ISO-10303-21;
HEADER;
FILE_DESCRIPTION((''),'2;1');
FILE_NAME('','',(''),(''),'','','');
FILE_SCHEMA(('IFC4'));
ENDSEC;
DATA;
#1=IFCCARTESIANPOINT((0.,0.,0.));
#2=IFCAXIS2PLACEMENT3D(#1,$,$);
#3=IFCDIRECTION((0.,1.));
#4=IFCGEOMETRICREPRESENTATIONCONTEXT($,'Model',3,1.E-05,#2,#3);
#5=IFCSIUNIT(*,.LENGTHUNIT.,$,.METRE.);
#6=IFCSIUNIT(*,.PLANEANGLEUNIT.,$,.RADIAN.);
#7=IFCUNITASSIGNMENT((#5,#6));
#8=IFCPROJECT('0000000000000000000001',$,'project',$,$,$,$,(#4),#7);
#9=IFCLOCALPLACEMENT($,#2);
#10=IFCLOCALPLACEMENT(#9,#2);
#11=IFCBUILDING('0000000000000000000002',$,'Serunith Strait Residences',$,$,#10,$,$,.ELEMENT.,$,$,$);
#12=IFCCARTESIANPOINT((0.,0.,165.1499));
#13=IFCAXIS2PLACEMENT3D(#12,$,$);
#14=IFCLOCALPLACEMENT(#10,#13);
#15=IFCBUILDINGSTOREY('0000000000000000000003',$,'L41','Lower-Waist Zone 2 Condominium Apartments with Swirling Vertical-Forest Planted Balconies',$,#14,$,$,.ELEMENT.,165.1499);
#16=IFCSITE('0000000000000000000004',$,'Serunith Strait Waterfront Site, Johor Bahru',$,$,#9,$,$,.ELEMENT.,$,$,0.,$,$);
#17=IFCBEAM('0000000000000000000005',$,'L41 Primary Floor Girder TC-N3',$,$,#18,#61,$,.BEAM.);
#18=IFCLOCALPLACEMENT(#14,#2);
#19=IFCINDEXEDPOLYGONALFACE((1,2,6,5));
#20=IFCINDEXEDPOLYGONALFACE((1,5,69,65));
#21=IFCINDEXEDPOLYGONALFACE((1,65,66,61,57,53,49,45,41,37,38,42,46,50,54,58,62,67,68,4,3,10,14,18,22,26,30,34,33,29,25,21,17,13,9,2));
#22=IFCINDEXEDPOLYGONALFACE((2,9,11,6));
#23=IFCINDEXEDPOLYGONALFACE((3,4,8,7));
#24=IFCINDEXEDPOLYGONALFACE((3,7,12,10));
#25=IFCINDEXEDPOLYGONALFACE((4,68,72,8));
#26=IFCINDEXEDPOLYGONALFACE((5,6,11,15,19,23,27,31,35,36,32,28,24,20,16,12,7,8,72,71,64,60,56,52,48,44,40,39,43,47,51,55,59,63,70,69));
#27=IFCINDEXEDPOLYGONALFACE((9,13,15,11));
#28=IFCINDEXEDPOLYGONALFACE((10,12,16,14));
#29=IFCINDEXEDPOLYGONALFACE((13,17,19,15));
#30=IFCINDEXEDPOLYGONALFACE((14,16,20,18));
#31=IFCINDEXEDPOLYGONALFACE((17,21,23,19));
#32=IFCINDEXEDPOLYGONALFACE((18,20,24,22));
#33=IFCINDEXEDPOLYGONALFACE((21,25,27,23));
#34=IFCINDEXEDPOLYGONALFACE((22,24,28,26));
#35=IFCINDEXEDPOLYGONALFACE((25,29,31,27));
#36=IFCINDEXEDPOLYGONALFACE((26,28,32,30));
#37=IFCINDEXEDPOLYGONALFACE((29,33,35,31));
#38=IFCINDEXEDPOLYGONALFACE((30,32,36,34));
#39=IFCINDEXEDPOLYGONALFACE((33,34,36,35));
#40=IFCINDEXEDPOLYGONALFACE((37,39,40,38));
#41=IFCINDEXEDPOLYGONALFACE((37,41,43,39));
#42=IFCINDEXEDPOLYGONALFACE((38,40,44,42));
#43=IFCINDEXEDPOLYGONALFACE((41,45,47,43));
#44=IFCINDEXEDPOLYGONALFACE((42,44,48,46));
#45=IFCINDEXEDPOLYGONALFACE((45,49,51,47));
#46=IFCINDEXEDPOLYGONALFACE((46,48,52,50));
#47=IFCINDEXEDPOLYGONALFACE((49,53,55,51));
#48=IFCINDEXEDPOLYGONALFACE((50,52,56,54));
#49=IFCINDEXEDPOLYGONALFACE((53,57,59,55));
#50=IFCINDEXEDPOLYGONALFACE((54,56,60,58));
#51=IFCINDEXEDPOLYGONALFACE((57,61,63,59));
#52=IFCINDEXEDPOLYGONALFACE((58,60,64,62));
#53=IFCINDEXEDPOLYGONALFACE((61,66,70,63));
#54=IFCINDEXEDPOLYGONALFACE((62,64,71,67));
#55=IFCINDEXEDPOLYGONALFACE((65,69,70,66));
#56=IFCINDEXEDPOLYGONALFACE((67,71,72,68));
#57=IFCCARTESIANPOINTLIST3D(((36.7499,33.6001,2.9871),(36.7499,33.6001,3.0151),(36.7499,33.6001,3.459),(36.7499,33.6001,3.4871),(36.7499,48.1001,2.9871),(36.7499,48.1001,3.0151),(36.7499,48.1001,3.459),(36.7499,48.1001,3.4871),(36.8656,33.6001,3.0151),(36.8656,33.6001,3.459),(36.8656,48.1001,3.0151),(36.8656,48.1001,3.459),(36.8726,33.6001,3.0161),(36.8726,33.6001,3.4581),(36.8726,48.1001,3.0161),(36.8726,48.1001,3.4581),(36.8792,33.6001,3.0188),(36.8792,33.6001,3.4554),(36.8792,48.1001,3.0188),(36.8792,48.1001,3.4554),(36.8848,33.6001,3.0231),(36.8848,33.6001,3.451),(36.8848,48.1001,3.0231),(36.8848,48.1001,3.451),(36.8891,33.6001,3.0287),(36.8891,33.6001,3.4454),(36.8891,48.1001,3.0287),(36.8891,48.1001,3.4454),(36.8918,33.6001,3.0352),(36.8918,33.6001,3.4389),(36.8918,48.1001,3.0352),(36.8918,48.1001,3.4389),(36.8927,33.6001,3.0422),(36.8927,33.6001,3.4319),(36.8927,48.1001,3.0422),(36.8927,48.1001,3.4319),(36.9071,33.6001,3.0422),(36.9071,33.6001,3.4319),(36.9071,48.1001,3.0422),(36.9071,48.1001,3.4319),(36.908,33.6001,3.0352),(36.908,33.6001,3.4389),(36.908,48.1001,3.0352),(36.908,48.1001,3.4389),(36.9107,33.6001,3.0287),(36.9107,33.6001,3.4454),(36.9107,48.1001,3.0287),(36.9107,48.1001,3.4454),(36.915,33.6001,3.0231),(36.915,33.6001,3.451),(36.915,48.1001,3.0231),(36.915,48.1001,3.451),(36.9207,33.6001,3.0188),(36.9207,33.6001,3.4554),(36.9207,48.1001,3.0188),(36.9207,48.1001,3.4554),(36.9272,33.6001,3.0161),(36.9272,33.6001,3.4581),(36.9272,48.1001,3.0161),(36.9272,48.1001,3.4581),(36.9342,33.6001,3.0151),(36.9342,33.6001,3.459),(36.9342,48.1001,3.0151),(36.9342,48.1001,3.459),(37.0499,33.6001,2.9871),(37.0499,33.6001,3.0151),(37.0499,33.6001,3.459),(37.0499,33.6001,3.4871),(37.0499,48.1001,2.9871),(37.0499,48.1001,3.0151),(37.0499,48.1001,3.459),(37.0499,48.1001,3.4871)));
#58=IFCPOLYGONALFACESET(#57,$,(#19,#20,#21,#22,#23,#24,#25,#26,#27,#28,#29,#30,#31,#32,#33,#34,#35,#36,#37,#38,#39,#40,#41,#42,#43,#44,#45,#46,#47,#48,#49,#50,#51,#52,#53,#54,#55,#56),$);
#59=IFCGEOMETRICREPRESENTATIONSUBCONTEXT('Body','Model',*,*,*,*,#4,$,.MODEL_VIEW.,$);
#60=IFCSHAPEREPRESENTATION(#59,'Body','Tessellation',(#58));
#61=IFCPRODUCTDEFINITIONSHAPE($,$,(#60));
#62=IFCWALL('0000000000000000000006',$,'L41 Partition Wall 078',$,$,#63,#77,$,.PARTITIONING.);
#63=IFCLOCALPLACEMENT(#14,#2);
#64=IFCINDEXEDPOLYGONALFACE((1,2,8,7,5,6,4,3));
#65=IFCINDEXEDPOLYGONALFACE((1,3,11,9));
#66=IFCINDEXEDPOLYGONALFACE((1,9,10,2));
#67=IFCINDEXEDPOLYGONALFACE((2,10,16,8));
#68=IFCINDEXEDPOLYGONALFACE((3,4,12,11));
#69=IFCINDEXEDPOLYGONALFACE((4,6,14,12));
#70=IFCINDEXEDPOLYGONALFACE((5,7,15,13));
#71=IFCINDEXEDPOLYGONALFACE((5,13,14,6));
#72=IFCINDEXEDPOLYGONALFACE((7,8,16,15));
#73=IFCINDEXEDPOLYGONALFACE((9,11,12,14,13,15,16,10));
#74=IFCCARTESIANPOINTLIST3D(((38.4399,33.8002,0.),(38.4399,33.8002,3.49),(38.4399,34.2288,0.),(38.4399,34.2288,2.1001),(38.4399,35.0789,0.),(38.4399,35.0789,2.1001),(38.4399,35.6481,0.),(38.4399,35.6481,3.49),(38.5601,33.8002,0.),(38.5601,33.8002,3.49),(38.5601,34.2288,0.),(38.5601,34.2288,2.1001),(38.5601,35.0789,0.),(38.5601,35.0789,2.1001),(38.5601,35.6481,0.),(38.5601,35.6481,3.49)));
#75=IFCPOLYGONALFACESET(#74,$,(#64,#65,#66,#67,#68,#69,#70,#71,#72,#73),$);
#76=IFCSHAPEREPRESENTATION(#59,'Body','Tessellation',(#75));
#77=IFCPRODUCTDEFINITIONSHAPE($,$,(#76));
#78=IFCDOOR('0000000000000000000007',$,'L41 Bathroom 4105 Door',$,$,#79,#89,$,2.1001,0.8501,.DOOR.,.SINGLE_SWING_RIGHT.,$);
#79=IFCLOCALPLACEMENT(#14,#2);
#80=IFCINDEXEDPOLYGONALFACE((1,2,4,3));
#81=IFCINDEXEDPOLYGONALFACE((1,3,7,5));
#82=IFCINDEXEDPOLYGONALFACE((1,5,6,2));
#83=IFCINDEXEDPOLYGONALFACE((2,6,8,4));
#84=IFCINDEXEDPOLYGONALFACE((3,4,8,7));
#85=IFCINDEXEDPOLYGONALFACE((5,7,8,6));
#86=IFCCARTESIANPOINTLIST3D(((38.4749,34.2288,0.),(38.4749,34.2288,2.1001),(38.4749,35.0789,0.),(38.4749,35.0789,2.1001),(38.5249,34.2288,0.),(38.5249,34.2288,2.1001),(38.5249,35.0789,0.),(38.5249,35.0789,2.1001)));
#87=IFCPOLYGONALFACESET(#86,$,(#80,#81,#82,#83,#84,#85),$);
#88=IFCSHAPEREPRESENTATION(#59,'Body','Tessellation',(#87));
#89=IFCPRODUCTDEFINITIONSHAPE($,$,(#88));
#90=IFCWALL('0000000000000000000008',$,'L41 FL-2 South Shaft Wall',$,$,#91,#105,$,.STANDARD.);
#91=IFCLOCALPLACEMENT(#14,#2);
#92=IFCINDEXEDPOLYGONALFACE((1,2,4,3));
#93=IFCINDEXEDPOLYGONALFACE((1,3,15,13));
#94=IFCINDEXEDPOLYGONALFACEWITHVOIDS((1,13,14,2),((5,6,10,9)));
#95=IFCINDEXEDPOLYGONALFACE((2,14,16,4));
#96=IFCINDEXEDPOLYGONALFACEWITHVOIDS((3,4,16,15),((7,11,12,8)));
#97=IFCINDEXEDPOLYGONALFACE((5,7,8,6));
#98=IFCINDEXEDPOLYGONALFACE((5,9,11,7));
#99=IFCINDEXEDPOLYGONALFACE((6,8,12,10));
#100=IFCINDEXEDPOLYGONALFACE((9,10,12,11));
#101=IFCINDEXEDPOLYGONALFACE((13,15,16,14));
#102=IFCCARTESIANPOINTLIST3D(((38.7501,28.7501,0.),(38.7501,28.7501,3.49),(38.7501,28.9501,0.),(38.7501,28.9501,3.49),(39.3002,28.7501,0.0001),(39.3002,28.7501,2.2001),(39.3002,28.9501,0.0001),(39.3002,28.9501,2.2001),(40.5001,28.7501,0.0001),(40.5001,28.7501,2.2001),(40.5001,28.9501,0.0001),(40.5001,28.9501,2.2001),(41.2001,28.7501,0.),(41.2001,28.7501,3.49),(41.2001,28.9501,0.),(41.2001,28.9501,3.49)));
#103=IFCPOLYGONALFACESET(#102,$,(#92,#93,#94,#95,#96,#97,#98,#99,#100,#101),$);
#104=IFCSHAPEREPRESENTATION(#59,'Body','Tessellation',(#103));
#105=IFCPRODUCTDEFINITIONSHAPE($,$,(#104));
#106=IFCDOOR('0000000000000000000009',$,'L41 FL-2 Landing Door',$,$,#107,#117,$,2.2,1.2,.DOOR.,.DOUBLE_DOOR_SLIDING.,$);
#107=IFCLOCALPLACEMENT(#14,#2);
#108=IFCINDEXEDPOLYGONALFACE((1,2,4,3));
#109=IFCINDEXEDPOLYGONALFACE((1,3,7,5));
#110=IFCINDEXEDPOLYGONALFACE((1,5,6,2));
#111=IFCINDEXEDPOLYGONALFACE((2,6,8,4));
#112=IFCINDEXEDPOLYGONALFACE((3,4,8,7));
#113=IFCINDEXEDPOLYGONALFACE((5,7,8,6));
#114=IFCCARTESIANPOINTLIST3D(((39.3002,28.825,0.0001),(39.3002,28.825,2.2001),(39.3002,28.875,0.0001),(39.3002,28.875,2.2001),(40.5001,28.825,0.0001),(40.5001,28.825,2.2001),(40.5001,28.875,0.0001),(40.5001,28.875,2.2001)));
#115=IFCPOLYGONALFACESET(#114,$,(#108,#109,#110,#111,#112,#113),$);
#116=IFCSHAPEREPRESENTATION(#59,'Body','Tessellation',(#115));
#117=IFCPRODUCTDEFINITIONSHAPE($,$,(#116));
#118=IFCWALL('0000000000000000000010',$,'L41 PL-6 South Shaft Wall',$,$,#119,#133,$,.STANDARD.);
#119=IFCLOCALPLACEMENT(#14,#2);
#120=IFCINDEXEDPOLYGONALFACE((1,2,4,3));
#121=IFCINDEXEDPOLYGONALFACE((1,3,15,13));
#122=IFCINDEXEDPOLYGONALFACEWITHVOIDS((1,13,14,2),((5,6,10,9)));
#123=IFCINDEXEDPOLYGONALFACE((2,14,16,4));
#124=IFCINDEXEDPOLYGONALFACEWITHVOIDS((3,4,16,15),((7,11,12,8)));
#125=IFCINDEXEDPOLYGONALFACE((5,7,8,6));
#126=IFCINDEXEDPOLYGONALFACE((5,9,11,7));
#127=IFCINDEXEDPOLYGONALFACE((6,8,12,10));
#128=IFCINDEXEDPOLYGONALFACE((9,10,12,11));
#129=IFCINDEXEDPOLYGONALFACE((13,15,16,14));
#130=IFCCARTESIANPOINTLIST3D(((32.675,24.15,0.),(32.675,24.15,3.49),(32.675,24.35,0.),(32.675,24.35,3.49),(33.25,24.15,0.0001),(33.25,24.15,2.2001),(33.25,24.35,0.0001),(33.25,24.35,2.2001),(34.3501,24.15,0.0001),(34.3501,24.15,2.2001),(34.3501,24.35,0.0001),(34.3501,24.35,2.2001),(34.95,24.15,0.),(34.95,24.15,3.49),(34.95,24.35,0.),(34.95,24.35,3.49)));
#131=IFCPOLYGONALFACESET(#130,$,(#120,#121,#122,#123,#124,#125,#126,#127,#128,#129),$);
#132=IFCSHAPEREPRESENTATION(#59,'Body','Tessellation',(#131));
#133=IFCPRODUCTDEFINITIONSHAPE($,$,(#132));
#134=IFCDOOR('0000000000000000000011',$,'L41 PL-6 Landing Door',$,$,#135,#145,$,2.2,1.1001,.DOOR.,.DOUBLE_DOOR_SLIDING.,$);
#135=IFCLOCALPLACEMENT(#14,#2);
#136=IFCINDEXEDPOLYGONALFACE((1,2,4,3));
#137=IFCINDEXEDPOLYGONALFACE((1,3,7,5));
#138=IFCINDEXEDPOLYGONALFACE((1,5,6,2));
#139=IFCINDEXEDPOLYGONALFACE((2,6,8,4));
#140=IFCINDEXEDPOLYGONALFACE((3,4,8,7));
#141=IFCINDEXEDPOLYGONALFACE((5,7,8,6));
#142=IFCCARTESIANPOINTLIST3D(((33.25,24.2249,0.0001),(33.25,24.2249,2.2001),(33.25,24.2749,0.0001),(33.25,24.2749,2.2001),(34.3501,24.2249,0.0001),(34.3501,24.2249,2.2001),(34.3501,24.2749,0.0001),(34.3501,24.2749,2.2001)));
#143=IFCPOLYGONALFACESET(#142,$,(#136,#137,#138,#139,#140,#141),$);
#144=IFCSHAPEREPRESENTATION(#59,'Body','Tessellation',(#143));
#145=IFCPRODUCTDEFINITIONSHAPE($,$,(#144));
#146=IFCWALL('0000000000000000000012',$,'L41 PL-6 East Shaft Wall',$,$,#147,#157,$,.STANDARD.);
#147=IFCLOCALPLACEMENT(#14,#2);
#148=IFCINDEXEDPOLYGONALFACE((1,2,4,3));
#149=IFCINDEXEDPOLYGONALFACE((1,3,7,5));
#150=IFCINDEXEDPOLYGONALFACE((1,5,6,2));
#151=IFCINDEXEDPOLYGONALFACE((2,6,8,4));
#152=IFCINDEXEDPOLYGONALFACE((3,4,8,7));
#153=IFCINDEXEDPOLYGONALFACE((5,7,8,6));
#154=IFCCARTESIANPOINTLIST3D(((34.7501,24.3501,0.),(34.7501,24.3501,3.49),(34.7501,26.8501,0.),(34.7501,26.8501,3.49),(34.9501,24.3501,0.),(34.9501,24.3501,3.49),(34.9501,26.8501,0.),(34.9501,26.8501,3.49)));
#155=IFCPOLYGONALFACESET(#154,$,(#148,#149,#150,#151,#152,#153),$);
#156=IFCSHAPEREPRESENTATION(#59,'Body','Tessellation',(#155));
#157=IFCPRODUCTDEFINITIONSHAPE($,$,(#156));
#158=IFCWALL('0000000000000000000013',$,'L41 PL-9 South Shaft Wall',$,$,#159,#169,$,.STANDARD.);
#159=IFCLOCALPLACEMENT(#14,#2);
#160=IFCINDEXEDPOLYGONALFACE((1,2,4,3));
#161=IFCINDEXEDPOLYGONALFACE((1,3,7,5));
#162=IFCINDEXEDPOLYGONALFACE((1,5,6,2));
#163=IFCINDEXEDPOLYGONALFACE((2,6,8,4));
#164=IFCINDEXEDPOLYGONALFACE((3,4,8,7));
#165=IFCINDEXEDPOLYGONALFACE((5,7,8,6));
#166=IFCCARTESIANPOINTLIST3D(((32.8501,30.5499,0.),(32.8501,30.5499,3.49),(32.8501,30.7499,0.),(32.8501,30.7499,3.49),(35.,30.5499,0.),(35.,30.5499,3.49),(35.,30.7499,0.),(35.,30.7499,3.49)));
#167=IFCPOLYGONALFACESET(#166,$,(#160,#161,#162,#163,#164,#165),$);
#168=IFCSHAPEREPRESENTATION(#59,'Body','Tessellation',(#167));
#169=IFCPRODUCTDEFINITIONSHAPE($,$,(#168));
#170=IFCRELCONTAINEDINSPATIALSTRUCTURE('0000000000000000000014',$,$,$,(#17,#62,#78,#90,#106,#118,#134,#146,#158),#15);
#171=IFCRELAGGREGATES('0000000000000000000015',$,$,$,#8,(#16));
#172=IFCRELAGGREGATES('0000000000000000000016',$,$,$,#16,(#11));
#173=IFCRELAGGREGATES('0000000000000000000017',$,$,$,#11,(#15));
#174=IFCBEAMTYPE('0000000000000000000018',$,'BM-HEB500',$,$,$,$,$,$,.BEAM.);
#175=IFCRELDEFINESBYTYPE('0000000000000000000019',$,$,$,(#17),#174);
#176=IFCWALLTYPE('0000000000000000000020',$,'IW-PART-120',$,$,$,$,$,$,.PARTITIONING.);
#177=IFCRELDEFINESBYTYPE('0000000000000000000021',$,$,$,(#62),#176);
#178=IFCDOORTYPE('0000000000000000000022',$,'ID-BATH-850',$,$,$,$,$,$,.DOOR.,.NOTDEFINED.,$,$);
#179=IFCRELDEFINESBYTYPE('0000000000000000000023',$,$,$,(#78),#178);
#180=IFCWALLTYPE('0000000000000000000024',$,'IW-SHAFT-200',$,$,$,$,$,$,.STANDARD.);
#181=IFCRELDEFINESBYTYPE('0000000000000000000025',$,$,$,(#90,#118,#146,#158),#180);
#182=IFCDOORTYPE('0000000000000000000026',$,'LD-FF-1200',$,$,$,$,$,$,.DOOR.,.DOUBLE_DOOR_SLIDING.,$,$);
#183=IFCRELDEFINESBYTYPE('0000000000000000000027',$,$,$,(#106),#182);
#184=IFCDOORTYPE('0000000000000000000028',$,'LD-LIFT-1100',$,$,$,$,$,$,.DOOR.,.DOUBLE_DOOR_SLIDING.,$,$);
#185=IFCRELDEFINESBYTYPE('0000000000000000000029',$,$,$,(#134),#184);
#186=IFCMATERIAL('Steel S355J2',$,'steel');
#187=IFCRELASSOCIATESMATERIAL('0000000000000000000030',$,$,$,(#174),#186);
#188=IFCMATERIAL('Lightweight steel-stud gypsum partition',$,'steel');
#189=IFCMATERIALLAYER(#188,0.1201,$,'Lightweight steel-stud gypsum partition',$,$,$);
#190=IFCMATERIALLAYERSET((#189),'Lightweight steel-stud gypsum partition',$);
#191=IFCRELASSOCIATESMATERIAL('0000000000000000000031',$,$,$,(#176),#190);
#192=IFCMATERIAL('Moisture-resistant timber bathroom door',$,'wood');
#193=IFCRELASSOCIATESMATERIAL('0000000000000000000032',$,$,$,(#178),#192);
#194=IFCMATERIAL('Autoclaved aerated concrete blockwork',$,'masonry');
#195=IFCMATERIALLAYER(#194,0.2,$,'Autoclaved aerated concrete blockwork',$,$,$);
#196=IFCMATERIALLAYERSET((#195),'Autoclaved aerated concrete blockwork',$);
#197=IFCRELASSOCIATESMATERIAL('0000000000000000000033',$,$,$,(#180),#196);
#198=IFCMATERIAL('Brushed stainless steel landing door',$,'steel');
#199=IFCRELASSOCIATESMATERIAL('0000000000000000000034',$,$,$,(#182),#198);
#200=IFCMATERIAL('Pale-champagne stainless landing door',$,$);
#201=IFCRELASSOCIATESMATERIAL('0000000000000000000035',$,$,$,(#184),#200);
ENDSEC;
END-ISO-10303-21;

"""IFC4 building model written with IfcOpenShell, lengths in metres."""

from ifc_helpers import new_model, si_unit, direction, frame, frame_2d, origin, origin_2d, place, context, subcontext, project, spatial, rectangle, i_section, extrude, source, transform, mapped, material, layer, layer_set, material_profile, profile_set, type_object, element, fill, save


model = new_model("IFC4")

# Units and contexts
model_context = context("Model", 3, precision=1e-05, world=origin(), true_north=direction((0.0, 1.0)))
body_context = subcontext(model_context, "Body", "Model", "MODEL_VIEW")
ifc_project = project(units=[si_unit("LENGTHUNIT", "METRE"), si_unit("PLANEANGLEUNIT", "RADIAN")], contexts=[model_context])

# Site, building, storey
site_placement = place(None, origin())
site = spatial("IfcSite", under=ifc_project, at=site_placement, Name="Serunith Strait Waterfront Site, Johor Bahru", CompositionType="ELEMENT", RefElevation=0.0)
building_placement = place(site_placement, origin())
building = spatial("IfcBuilding", under=site, at=building_placement, Name="Serunith Strait Residences", CompositionType="ELEMENT")
storey_placement = place(building_placement, frame((0.0, 0.0, 165.1499)))
storey = spatial("IfcBuildingStorey", under=building, at=storey_placement, Name="L41", Description="Lower-Waist Zone 2 Condominium Apartments with Swirling Vertical-Forest Planted Balconies", CompositionType="ELEMENT", Elevation=165.1499)

# Beam
ifc_material_1 = material(Name="Steel S355J2", Category="steel")
ifc_material_profile = material_profile(ifc_material_1, i_section(OverallWidth=0.3, OverallDepth=0.5, WebThickness=0.0144, FlangeThickness=0.0281, FilletRadius=0.0271, at=origin_2d()), Name="HEB 500")
ifc_profile_set = profile_set([ifc_material_profile], Name="Steel S355J2")
beam_type = type_object("IfcBeamType", Name="BM-HEB500", PredefinedType="BEAM", material=ifc_profile_set)
shared_shape_1 = source(origin(), body_context, "Body", "SweptSolid", [
    extrude(i_section(OverallWidth=0.3, OverallDepth=0.5, WebThickness=0.0144, FlangeThickness=0.0281, FilletRadius=0.0271, at=origin_2d()), origin(), (0.0, 0.0, 1.0), 14.5),
])
beam_placement = place(storey_placement, frame((36.8999, 33.6001, 3.2371), z_axis=(0.0, 1.0, 0.0), x_axis=(-1.0, 0.0, 0.0)))
element("IfcBeam", 1, at=beam_placement, inside=storey, type_object=beam_type, Name="L41 Primary Floor Girder TC-N3", PredefinedType="BEAM", context=body_context, shape_type="MappedRepresentation", body=[
    mapped(shared_shape_1, transform((0.0, 0.0, 0.0), scale=1.0)),
])

# Walls, openings, doors
ifc_material_2 = material(Name="Lightweight steel-stud gypsum partition", Category="steel")
ifc_layer_1 = layer(ifc_material_2, 0.1201, Name="Lightweight steel-stud gypsum partition")
ifc_layer_set_1 = layer_set([ifc_layer_1], Name="Lightweight steel-stud gypsum partition")
wall_type_1 = type_object("IfcWallType", Name="IW-PART-120", PredefinedType="PARTITIONING", material=ifc_layer_set_1)
wall_1_placement = place(storey_placement, frame((38.5, 35.6479, 0.0), z_axis=(0.0, 0.0, 1.0), x_axis=(0.0, -1.0, 0.0)))
wall_1 = element("IfcWall", 2, at=wall_1_placement, inside=storey, type_object=wall_type_1, Name="L41 Partition Wall 078", PredefinedType="PARTITIONING", context=body_context, shape_type="SweptSolid", body=[
    extrude(rectangle(XDim=1.8479, YDim=0.1201, at=frame_2d((0.9238, 0.0))), origin(), (0.0, 0.0, 1.0), 3.49),
])
opening_1_placement = place(wall_1_placement, frame((0.5691, 0.0, 0.0)))
opening_1 = element("IfcOpeningElement", 3, at=opening_1_placement, cuts=wall_1, PredefinedType="OPENING", context=body_context, shape_type="SweptSolid", body=[
    extrude(rectangle(XDim=0.8501, YDim=2.1001, at=frame_2d((0.425, 1.05))), frame((0.0, 0.0701, 0.0), z_axis=(0.0, -1.0, 0.0), x_axis=(1.0, 0.0, 0.0)), (0.0, 0.0, 1.0), 0.1401),
])
ifc_material_3 = material(Name="Moisture-resistant timber bathroom door", Category="wood")
door_type_1 = type_object("IfcDoorType", Name="ID-BATH-850", OperationType="NOTDEFINED", PredefinedType="DOOR", material=ifc_material_3)
shared_shape_2 = source(origin(), body_context, "Body", "SweptSolid", [
    extrude(rectangle(XDim=0.8501, YDim=2.1001, at=frame_2d((0.425, 1.05))), frame((0.0, 0.0249, 0.0), z_axis=(0.0, -1.0, 0.0), x_axis=(1.0, 0.0, 0.0)), (0.0, 0.0, 1.0), 0.05),
])
door_1_placement = place(opening_1_placement, origin())
door_1 = element("IfcDoor", 4, at=door_1_placement, inside=storey, type_object=door_type_1, Name="L41 Bathroom 4105 Door", OperationType="SINGLE_SWING_RIGHT", OverallHeight=2.1001, OverallWidth=0.8501, PredefinedType="DOOR", context=body_context, shape_type="MappedRepresentation", body=[
    mapped(shared_shape_2, transform((0.0, 0.0, 0.0), scale=1.0)),
])
fill(opening_1, door_1)
ifc_material_4 = material(Name="Autoclaved aerated concrete blockwork", Category="masonry")
ifc_layer_2 = layer(ifc_material_4, 0.2, Name="Autoclaved aerated concrete blockwork")
ifc_layer_set_2 = layer_set([ifc_layer_2], Name="Autoclaved aerated concrete blockwork")
wall_type_2 = type_object("IfcWallType", Name="IW-SHAFT-200", PredefinedType="STANDARD", material=ifc_layer_set_2)
wall_2_placement = place(storey_placement, frame((38.75, 28.8501, 0.0), z_axis=(0.0, 0.0, 1.0), x_axis=(1.0, 0.0, 0.0)))
wall_2 = element("IfcWall", 5, at=wall_2_placement, inside=storey, type_object=wall_type_2, Name="L41 FL-2 South Shaft Wall", PredefinedType="STANDARD", context=body_context, shape_type="SweptSolid", body=[
    extrude(rectangle(XDim=2.45, YDim=0.2, at=frame_2d((1.2251, 0.0))), origin(), (0.0, 0.0, 1.0), 3.49),
])
opening_2_placement = place(wall_2_placement, frame((0.55, 0.0, 0.0)))
opening_2 = element("IfcOpeningElement", 6, at=opening_2_placement, cuts=wall_2, PredefinedType="OPENING", context=body_context, shape_type="SweptSolid", body=[
    extrude(rectangle(XDim=1.2, YDim=2.2, at=frame_2d((0.6001, 1.1001))), frame((0.0, 0.1099, 0.0), z_axis=(0.0, -1.0, 0.0), x_axis=(1.0, 0.0, 0.0)), (0.0, 0.0, 1.0), 0.22),
])
ifc_material_5 = material(Name="Brushed stainless steel landing door", Category="steel")
door_type_2 = type_object("IfcDoorType", Name="LD-FF-1200", OperationType="DOUBLE_DOOR_SLIDING", PredefinedType="DOOR", material=ifc_material_5)
shared_shape_3 = source(origin(), body_context, "Body", "SweptSolid", [
    extrude(rectangle(XDim=1.2, YDim=2.2, at=frame_2d((0.6001, 1.1001))), frame((0.0, 0.0249, 0.0), z_axis=(0.0, -1.0, 0.0), x_axis=(1.0, 0.0, 0.0)), (0.0, 0.0, 1.0), 0.05),
])
door_2_placement = place(opening_2_placement, origin())
door_2 = element("IfcDoor", 7, at=door_2_placement, inside=storey, type_object=door_type_2, Name="L41 FL-2 Landing Door", OperationType="DOUBLE_DOOR_SLIDING", OverallHeight=2.2, OverallWidth=1.2, PredefinedType="DOOR", context=body_context, shape_type="MappedRepresentation", body=[
    mapped(shared_shape_3, transform((0.0, 0.0, 0.0), scale=1.0)),
])
fill(opening_2, door_2)
wall_3_placement = place(storey_placement, frame((32.675, 24.25, 0.0), z_axis=(0.0, 0.0, 1.0), x_axis=(1.0, 0.0, 0.0)))
wall_3 = element("IfcWall", 8, at=wall_3_placement, inside=storey, type_object=wall_type_2, Name="L41 PL-6 South Shaft Wall", PredefinedType="STANDARD", context=body_context, shape_type="SweptSolid", body=[
    extrude(rectangle(XDim=2.2749, YDim=0.2, at=frame_2d((1.1375, 0.0))), origin(), (0.0, 0.0, 1.0), 3.49),
])
opening_3_placement = place(wall_3_placement, frame((0.575, 0.0, 0.0)))
opening_3 = element("IfcOpeningElement", 9, at=opening_3_placement, cuts=wall_3, PredefinedType="OPENING", context=body_context, shape_type="SweptSolid", body=[
    extrude(rectangle(XDim=1.1001, YDim=2.2, at=frame_2d((0.55, 1.1001))), frame((0.0, 0.1099, 0.0), z_axis=(0.0, -1.0, 0.0), x_axis=(1.0, 0.0, 0.0)), (0.0, 0.0, 1.0), 0.22),
])
ifc_material_6 = material(Name="Pale-champagne stainless landing door")
door_type_3 = type_object("IfcDoorType", Name="LD-LIFT-1100", OperationType="DOUBLE_DOOR_SLIDING", PredefinedType="DOOR", material=ifc_material_6)
shared_shape_4 = source(origin(), body_context, "Body", "SweptSolid", [
    extrude(rectangle(XDim=1.1001, YDim=2.2, at=frame_2d((0.55, 1.1001))), frame((0.0, 0.0249, 0.0), z_axis=(0.0, -1.0, 0.0), x_axis=(1.0, 0.0, 0.0)), (0.0, 0.0, 1.0), 0.05),
])
door_3_placement = place(opening_3_placement, origin())
door_3 = element("IfcDoor", 10, at=door_3_placement, inside=storey, type_object=door_type_3, Name="L41 PL-6 Landing Door", OperationType="DOUBLE_DOOR_SLIDING", OverallHeight=2.2, OverallWidth=1.1001, PredefinedType="DOOR", context=body_context, shape_type="MappedRepresentation", body=[
    mapped(shared_shape_4, transform((0.0, 0.0, 0.0), scale=1.0)),
])
fill(opening_3, door_3)

# Walls
wall_4_placement = place(storey_placement, frame((34.8501, 24.3501, 0.0), z_axis=(0.0, 0.0, 1.0), x_axis=(0.0, 1.0, 0.0)))
element("IfcWall", 11, at=wall_4_placement, inside=storey, type_object=wall_type_2, Name="L41 PL-6 East Shaft Wall", PredefinedType="STANDARD", context=body_context, shape_type="SweptSolid", body=[
    extrude(rectangle(XDim=2.5, YDim=0.2, at=frame_2d((1.25, 0.0))), origin(), (0.0, 0.0, 1.0), 3.49),
])
wall_5_placement = place(storey_placement, frame((32.8501, 30.6499, 0.0), z_axis=(0.0, 0.0, 1.0), x_axis=(1.0, 0.0, 0.0)))
element("IfcWall", 12, at=wall_5_placement, inside=storey, type_object=wall_type_2, Name="L41 PL-9 South Shaft Wall", PredefinedType="STANDARD", context=body_context, shape_type="SweptSolid", body=[
    extrude(rectangle(XDim=2.1499, YDim=0.2, at=frame_2d((1.075, 0.0))), origin(), (0.0, 0.0, 1.0), 3.49),
])

save(model, "model.ifc")
